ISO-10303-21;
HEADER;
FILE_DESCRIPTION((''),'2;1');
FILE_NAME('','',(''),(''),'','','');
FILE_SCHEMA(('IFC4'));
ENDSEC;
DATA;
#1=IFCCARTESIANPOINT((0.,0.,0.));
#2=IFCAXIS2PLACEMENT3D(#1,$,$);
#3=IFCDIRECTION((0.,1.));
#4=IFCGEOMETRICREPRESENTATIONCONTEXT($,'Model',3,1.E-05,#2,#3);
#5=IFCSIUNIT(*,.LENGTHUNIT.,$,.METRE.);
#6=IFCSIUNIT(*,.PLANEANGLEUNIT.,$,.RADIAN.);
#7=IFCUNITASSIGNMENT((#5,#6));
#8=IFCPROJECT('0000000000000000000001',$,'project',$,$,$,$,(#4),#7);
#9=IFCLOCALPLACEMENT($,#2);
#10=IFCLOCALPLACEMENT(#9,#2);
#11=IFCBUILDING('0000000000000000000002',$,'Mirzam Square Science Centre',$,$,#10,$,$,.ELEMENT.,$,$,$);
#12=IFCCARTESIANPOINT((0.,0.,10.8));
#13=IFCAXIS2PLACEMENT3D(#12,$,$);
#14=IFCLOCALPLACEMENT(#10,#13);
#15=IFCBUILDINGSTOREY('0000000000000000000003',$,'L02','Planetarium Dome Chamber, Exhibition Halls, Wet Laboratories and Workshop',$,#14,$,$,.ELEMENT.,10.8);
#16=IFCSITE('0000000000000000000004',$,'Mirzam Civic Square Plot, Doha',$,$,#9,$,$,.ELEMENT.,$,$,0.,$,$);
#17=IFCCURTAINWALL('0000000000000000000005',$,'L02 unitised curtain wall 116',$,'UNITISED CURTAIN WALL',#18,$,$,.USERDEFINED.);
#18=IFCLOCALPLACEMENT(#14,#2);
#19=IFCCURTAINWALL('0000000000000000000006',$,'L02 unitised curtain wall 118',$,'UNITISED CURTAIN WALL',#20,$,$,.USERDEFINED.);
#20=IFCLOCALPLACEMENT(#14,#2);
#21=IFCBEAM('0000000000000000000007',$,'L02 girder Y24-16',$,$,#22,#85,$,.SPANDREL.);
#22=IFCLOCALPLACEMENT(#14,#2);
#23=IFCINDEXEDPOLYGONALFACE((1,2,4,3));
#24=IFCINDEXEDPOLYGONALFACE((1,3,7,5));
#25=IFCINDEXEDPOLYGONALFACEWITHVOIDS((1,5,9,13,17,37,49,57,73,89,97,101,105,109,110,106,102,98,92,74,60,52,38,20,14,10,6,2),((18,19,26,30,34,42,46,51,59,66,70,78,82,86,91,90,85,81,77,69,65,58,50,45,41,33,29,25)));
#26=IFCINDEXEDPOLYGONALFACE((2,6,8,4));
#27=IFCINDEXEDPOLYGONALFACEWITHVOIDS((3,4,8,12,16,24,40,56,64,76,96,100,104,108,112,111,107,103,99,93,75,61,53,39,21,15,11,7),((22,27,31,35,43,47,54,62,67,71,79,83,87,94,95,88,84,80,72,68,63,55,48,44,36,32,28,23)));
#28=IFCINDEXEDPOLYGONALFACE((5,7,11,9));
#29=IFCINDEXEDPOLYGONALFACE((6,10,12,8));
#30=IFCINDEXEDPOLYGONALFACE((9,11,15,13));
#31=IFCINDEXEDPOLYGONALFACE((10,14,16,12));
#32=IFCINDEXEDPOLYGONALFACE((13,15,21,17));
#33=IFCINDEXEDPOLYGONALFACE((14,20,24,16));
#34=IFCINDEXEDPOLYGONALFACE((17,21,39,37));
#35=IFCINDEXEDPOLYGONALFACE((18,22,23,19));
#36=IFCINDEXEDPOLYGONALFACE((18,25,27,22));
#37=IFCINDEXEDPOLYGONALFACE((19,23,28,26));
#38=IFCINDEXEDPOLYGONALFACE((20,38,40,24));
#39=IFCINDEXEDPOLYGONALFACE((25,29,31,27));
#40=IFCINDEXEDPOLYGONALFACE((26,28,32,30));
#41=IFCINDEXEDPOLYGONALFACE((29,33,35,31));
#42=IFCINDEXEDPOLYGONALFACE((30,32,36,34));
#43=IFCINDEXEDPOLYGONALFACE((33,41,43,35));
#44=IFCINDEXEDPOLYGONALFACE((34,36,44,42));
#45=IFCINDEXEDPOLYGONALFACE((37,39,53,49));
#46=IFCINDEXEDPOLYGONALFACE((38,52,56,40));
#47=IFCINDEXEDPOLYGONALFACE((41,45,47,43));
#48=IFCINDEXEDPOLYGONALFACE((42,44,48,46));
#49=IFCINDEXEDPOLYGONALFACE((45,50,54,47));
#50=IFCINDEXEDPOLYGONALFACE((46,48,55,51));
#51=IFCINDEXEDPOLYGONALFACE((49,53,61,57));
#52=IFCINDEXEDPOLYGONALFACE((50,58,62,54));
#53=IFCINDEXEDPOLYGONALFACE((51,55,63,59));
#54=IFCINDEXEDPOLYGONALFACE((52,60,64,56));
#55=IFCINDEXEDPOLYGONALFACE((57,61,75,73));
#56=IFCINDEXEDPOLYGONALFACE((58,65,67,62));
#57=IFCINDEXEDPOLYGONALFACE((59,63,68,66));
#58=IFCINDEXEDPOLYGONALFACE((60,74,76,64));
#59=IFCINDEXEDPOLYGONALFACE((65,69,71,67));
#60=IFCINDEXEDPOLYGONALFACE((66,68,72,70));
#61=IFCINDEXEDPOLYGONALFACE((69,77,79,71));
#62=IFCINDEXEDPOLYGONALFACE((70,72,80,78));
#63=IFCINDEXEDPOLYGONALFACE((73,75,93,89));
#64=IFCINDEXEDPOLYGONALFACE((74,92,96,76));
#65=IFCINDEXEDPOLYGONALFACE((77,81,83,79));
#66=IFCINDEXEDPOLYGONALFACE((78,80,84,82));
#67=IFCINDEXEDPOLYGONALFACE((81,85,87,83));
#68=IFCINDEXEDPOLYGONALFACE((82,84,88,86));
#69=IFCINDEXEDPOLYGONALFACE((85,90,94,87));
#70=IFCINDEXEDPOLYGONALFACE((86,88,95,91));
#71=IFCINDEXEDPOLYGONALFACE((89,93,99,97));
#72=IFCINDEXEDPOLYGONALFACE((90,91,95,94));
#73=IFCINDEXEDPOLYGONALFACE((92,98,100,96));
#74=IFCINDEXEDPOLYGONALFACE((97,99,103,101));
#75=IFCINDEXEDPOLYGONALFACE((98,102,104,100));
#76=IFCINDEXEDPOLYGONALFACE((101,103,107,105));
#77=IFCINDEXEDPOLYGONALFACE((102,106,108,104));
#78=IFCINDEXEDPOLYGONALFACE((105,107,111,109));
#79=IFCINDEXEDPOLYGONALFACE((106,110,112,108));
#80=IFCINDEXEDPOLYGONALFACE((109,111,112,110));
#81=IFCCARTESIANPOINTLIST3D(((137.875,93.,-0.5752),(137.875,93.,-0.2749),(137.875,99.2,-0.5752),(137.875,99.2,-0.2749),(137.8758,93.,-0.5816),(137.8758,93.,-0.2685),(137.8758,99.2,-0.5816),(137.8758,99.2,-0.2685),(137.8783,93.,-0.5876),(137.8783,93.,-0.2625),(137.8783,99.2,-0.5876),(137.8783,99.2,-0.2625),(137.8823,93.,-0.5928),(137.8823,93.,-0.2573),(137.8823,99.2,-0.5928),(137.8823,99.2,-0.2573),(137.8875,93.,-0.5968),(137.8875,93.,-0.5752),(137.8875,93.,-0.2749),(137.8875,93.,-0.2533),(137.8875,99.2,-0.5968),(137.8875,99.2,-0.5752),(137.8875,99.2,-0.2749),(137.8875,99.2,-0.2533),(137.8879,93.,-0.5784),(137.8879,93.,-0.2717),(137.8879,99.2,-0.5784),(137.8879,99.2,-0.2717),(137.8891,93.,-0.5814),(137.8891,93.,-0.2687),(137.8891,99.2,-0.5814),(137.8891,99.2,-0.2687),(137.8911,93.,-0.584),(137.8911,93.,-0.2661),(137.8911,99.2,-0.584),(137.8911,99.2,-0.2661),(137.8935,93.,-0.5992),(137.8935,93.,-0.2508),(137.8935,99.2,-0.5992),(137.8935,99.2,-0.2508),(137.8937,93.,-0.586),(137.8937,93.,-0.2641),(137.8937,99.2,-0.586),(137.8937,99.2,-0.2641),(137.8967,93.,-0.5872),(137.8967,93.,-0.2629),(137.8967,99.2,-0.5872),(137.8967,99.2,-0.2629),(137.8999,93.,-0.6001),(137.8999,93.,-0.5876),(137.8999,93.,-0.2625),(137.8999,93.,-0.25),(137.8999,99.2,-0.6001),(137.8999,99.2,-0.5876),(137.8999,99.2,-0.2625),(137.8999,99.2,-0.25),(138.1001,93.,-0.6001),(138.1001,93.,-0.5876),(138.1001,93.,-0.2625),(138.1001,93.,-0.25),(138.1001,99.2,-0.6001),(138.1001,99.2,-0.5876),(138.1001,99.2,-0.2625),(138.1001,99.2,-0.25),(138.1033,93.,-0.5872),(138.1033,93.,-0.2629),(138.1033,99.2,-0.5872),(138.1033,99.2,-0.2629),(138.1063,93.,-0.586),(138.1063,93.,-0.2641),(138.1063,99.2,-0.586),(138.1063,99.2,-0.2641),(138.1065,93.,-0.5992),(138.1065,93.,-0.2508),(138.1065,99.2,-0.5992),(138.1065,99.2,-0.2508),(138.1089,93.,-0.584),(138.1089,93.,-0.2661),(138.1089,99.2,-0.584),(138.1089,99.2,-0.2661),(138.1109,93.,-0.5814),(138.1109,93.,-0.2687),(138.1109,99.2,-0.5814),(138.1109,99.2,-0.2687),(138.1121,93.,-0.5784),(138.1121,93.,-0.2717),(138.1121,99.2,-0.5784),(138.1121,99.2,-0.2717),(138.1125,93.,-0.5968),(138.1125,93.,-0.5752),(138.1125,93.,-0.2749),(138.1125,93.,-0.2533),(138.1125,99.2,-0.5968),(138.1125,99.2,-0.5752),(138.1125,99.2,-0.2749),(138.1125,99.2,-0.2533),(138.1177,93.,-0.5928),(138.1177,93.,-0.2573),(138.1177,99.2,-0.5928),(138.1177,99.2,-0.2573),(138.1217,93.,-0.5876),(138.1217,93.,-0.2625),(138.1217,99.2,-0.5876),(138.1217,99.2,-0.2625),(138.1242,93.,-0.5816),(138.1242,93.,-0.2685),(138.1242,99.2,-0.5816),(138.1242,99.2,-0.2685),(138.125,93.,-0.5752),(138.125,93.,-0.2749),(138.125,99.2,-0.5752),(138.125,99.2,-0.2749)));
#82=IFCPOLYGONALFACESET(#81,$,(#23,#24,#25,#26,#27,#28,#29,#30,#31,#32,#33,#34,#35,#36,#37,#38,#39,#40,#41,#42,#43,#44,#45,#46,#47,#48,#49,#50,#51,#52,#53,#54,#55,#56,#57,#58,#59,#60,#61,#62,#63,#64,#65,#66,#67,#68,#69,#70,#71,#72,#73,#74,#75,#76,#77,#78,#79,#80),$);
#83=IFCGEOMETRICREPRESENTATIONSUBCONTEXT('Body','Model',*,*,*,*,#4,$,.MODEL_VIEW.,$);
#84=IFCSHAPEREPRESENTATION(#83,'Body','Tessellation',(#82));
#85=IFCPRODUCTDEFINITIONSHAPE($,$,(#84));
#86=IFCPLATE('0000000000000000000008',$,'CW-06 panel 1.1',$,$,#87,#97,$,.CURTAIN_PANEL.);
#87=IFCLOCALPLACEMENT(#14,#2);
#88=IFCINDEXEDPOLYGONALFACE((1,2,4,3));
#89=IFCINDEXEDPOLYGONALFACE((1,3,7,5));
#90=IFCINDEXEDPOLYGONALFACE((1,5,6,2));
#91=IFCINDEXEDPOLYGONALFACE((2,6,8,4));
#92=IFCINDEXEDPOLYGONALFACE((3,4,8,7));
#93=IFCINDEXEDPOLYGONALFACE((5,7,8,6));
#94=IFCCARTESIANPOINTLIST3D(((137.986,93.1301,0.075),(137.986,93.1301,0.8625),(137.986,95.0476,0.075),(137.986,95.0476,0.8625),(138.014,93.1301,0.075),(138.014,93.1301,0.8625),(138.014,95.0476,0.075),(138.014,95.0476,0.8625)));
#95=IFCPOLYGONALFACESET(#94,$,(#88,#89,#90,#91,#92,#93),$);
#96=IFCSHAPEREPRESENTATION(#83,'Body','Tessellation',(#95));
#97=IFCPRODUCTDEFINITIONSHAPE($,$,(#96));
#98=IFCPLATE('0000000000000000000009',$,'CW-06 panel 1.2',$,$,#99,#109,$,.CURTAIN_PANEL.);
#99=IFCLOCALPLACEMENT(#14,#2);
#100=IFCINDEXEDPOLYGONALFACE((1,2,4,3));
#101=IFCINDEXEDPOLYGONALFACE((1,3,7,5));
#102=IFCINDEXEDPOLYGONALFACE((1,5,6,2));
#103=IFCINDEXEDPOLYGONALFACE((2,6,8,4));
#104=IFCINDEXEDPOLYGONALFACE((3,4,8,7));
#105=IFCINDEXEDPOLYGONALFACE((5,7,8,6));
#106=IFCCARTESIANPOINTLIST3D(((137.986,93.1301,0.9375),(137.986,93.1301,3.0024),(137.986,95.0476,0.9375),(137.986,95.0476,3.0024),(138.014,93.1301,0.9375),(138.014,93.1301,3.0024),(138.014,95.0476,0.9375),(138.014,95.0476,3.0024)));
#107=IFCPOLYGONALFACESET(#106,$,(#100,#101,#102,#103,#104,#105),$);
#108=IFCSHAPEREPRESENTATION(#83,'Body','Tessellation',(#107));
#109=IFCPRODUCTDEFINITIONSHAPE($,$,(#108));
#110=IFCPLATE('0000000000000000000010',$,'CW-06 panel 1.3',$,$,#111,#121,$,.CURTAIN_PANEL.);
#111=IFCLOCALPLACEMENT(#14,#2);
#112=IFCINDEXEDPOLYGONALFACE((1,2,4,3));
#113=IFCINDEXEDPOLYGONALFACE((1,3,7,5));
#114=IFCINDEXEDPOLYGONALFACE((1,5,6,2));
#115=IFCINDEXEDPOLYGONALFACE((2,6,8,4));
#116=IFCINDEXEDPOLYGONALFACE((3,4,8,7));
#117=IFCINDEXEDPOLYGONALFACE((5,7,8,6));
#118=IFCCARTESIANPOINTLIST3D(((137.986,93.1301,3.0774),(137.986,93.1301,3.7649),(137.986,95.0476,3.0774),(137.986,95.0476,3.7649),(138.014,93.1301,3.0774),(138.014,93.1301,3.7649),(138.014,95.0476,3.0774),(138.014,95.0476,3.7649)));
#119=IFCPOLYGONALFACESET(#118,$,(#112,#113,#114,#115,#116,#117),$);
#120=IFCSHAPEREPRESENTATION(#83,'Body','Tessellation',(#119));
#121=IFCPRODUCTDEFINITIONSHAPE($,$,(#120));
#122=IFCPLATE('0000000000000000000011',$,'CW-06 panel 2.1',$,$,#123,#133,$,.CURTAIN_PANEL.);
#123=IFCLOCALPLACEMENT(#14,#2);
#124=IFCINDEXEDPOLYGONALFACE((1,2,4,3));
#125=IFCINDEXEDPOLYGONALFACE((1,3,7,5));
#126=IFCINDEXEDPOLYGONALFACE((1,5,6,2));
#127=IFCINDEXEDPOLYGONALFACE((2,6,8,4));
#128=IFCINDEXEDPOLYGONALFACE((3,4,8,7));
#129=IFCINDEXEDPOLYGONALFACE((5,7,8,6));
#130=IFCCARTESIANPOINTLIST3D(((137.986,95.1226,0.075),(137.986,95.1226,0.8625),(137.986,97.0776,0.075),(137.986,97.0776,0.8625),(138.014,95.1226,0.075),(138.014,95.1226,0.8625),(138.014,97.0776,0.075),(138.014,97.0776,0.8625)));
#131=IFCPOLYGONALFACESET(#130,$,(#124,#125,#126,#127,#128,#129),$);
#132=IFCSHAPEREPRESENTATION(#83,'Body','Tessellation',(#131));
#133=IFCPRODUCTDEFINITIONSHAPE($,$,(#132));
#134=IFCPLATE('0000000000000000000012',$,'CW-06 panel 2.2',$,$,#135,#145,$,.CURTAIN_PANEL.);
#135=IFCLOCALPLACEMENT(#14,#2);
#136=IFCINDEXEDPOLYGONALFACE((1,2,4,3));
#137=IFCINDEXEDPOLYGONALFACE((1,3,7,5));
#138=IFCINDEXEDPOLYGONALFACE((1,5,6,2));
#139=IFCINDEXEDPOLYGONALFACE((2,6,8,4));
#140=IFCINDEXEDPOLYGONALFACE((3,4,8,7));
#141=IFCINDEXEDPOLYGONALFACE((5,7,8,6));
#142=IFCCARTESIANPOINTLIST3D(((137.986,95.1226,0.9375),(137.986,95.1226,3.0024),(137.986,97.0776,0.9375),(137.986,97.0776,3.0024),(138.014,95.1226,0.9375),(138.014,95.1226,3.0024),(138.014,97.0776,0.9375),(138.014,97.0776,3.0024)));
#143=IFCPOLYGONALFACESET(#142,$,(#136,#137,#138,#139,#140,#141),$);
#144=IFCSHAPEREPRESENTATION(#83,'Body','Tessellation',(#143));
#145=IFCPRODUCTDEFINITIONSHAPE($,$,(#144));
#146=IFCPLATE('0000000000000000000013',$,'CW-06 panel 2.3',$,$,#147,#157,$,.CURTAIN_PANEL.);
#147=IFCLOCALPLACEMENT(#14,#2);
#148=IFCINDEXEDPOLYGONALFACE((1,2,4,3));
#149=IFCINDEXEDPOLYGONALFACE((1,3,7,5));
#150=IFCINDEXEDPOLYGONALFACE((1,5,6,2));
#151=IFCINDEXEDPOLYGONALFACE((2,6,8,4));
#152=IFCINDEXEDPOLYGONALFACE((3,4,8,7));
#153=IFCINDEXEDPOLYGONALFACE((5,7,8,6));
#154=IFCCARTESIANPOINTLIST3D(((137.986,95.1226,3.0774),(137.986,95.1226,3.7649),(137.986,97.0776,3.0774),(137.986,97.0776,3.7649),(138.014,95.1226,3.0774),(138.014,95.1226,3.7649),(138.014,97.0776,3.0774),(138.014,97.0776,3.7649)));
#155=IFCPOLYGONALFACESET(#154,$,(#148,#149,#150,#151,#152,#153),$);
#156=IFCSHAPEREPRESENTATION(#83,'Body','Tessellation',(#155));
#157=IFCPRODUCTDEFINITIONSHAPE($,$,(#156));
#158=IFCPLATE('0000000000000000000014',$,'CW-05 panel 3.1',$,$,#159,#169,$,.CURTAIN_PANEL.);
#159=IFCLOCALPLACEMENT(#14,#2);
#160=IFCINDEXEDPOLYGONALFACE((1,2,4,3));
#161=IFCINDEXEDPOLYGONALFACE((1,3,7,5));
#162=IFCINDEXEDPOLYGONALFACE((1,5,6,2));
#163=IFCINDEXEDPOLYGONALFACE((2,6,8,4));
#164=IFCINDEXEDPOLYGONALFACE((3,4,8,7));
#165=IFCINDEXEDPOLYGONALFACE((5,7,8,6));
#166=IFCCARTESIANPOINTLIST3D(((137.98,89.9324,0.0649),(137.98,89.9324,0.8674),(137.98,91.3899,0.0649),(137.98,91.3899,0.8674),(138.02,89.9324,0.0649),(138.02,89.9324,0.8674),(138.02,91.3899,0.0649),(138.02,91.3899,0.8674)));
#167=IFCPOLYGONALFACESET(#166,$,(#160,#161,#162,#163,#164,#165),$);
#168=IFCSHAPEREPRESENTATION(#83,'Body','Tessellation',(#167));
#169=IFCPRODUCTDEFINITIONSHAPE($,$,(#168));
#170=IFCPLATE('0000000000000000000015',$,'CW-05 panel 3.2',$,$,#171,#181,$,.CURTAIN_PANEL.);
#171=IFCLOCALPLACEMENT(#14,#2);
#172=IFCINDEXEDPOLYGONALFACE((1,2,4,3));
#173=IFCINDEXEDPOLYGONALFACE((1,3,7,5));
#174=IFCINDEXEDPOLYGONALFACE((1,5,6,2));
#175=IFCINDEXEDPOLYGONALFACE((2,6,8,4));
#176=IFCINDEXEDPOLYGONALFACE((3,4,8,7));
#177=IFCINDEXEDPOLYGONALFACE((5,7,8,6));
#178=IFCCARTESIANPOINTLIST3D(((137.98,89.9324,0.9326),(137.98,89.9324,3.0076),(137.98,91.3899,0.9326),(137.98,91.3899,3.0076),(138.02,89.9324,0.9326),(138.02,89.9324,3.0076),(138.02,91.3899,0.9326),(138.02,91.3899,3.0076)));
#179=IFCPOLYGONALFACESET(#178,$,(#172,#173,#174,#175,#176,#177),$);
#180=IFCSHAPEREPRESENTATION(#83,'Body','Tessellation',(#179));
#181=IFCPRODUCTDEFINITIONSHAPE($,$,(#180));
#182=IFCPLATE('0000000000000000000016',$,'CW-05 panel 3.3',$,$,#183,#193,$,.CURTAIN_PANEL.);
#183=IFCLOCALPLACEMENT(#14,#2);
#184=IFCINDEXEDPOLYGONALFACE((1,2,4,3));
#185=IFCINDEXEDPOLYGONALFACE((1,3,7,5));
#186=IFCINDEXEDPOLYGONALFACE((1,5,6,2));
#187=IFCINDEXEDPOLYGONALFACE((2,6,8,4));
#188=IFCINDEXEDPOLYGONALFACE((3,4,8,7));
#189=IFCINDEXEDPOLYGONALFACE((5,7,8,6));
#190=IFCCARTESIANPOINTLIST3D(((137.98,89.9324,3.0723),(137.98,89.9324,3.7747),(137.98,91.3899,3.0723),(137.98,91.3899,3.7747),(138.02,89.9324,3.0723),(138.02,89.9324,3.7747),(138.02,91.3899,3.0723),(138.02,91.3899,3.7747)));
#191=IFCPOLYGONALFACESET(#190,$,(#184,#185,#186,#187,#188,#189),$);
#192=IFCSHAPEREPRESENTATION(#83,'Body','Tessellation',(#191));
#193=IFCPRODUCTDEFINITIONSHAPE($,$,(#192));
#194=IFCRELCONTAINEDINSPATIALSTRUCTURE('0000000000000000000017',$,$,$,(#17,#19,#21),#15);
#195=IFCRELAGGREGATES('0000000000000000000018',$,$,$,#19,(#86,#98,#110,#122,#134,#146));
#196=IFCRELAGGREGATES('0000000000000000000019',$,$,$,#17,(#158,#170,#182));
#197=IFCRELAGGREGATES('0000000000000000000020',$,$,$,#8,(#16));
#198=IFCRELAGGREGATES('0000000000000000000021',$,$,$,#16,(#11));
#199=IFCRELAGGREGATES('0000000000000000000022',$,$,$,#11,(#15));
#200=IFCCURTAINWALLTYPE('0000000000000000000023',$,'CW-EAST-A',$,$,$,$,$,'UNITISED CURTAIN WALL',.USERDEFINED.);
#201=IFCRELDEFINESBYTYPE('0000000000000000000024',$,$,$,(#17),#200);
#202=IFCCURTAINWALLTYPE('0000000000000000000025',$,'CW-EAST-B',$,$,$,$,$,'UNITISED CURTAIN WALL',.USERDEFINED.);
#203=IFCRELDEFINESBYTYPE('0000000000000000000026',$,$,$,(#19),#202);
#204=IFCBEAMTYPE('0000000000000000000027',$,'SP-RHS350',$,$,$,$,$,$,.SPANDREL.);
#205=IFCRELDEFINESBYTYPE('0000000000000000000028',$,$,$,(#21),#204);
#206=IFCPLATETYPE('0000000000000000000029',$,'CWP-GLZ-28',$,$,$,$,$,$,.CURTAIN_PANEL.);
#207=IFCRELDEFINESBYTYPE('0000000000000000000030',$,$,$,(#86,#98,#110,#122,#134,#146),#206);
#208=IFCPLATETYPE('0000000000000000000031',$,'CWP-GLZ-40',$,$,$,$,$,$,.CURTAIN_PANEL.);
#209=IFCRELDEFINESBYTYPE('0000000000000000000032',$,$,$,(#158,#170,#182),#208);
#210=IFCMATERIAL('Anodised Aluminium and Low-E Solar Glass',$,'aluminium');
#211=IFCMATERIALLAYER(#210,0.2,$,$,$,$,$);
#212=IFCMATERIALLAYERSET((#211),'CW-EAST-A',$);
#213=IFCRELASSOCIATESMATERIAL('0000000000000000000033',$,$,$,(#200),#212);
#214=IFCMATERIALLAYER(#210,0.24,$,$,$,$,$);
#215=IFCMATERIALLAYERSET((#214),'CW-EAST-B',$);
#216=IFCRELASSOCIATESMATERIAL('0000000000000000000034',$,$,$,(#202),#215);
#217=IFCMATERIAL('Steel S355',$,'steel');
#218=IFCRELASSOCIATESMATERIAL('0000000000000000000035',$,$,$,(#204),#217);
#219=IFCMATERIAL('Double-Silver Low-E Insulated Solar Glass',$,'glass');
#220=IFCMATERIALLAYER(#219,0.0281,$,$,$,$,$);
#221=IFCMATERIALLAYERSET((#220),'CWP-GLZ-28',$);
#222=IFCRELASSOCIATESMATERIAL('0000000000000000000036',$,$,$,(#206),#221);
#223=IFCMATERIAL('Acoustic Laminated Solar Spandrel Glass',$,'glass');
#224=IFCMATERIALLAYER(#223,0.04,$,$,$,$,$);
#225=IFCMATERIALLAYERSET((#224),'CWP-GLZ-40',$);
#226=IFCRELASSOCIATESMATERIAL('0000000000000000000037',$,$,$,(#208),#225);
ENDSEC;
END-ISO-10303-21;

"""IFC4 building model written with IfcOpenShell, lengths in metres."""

from ifc_helpers import new_model, si_unit, direction, frame, origin, origin_2d, place, context, subcontext, project, spatial, rectangle, hollow_rectangle, extrude, material, layer, layer_set, material_profile, profile_set, type_object, element, aggregate, save


model = new_model("IFC4")

# Units and contexts
model_context = context("Model", 3, precision=1e-05, world=origin(), true_north=direction((0.0, 1.0)))
body_context = subcontext(model_context, "Body", "Model", "MODEL_VIEW")
ifc_project = project(units=[si_unit("LENGTHUNIT", "METRE"), si_unit("PLANEANGLEUNIT", "RADIAN")], contexts=[model_context])

# Site, building, storey
site_placement = place(None, origin())
site = spatial("IfcSite", under=ifc_project, at=site_placement, Name="Mirzam Civic Square Plot, Doha", CompositionType="ELEMENT", RefElevation=0.0)
building_placement = place(site_placement, origin())
building = spatial("IfcBuilding", under=site, at=building_placement, Name="Mirzam Square Science Centre", CompositionType="ELEMENT")
storey_placement = place(building_placement, frame((0.0, 0.0, 10.8)))
storey = spatial("IfcBuildingStorey", under=building, at=storey_placement, Name="L02", Description="Planetarium Dome Chamber, Exhibition Halls, Wet Laboratories and Workshop", CompositionType="ELEMENT", Elevation=10.8)

# Shared definitions
ifc_material_1 = material(Name="Steel S355", Category="steel")

# Curtain walls
ifc_material_2 = material(Name="Anodised Aluminium and Low-E Solar Glass", Category="aluminium")
ifc_layer_1 = layer(ifc_material_2, 0.2)
ifc_layer_set_1 = layer_set([ifc_layer_1], Name="CW-EAST-A")
curtain_wall_type_1 = type_object("IfcCurtainWallType", Name="CW-EAST-A", ElementType="UNITISED CURTAIN WALL", PredefinedType="USERDEFINED", material=ifc_layer_set_1)
curtain_wall_1_placement = place(storey_placement, origin())
curtain_wall_1 = element("IfcCurtainWall", 1, at=curtain_wall_1_placement, inside=storey, type_object=curtain_wall_type_1, Name="L02 unitised curtain wall 116", ObjectType="UNITISED CURTAIN WALL", PredefinedType="USERDEFINED")
ifc_layer_2 = layer(ifc_material_2, 0.24)
ifc_layer_set_2 = layer_set([ifc_layer_2], Name="CW-EAST-B")
curtain_wall_type_2 = type_object("IfcCurtainWallType", Name="CW-EAST-B", ElementType="UNITISED CURTAIN WALL", PredefinedType="USERDEFINED", material=ifc_layer_set_2)
curtain_wall_2_placement = place(storey_placement, origin())
curtain_wall_2 = element("IfcCurtainWall", 2, at=curtain_wall_2_placement, inside=storey, type_object=curtain_wall_type_2, Name="L02 unitised curtain wall 118", ObjectType="UNITISED CURTAIN WALL", PredefinedType="USERDEFINED")

# Beam
ifc_material_profile_1 = material_profile(ifc_material_1, hollow_rectangle(XDim=0.25, YDim=0.3501, WallThickness=0.0125, InnerFilletRadius=0.0125, OuterFilletRadius=0.0249, at=origin_2d()), Name="350x250x12.5RHS")
ifc_profile_set_1 = profile_set([ifc_material_profile_1], Name="Steel S355")
beam_type = type_object("IfcBeamType", Name="SP-RHS350", PredefinedType="SPANDREL", material=ifc_profile_set_1)
beam_placement = place(storey_placement, frame((138.0, 93.0, -0.425), z_axis=(0.0, 1.0, 0.0), x_axis=(-1.0, 0.0, 0.0)))
element("IfcBeam", 3, at=beam_placement, inside=storey, type_object=beam_type, Name="L02 girder Y24-16", PredefinedType="SPANDREL", context=body_context, shape_type="SweptSolid", body=[
    extrude(hollow_rectangle(XDim=0.25, YDim=0.3501, WallThickness=0.0125, InnerFilletRadius=0.0125, OuterFilletRadius=0.0249, at=origin_2d()), origin(), (0.0, 0.0, 1.0), 6.2),
])

# Plates
ifc_material_3 = material(Name="Double-Silver Low-E Insulated Solar Glass", Category="glass")
ifc_layer_3 = layer(ifc_material_3, 0.0281)
ifc_layer_set_3 = layer_set([ifc_layer_3], Name="CWP-GLZ-28")
plate_type_1 = type_object("IfcPlateType", Name="CWP-GLZ-28", PredefinedType="CURTAIN_PANEL", material=ifc_layer_set_3)
plate_1_placement = place(storey_placement, frame((138.0, 94.0889, 0.075), z_axis=(0.0, 0.0, 1.0), x_axis=(0.0, 1.0, 0.0)))
plate_1 = element("IfcPlate", 4, at=plate_1_placement, type_object=plate_type_1, Name="CW-06 panel 1.1", PredefinedType="CURTAIN_PANEL", context=body_context, shape_type="SweptSolid", body=[
    extrude(rectangle(XDim=1.9175, YDim=0.0281, at=origin_2d()), origin(), (0.0, 0.0, 1.0), 0.7876),
])
plate_2_placement = place(storey_placement, frame((138.0, 94.0889, 0.9375), z_axis=(0.0, 0.0, 1.0), x_axis=(0.0, 1.0, 0.0)))
plate_2 = element("IfcPlate", 5, at=plate_2_placement, type_object=plate_type_1, Name="CW-06 panel 1.2", PredefinedType="CURTAIN_PANEL", context=body_context, shape_type="SweptSolid", body=[
    extrude(rectangle(XDim=1.9175, YDim=0.0281, at=origin_2d()), origin(), (0.0, 0.0, 1.0), 2.0649),
])
plate_3_placement = place(storey_placement, frame((138.0, 94.0889, 3.0774), z_axis=(0.0, 0.0, 1.0), x_axis=(0.0, 1.0, 0.0)))
plate_3 = element("IfcPlate", 6, at=plate_3_placement, type_object=plate_type_1, Name="CW-06 panel 1.3", PredefinedType="CURTAIN_PANEL", context=body_context, shape_type="SweptSolid", body=[
    extrude(rectangle(XDim=1.9175, YDim=0.0281, at=origin_2d()), origin(), (0.0, 0.0, 1.0), 0.6875),
])
plate_4_placement = place(storey_placement, frame((138.0, 96.1001, 0.075), z_axis=(0.0, 0.0, 1.0), x_axis=(0.0, 1.0, 0.0)))
plate_4 = element("IfcPlate", 7, at=plate_4_placement, type_object=plate_type_1, Name="CW-06 panel 2.1", PredefinedType="CURTAIN_PANEL", context=body_context, shape_type="SweptSolid", body=[
    extrude(rectangle(XDim=1.9551, YDim=0.0281, at=origin_2d()), origin(), (0.0, 0.0, 1.0), 0.7876),
])
plate_5_placement = place(storey_placement, frame((138.0, 96.1001, 0.9375), z_axis=(0.0, 0.0, 1.0), x_axis=(0.0, 1.0, 0.0)))
plate_5 = element("IfcPlate", 8, at=plate_5_placement, type_object=plate_type_1, Name="CW-06 panel 2.2", PredefinedType="CURTAIN_PANEL", context=body_context, shape_type="SweptSolid", body=[
    extrude(rectangle(XDim=1.9551, YDim=0.0281, at=origin_2d()), origin(), (0.0, 0.0, 1.0), 2.0649),
])
plate_6_placement = place(storey_placement, frame((138.0, 96.1001, 3.0774), z_axis=(0.0, 0.0, 1.0), x_axis=(0.0, 1.0, 0.0)))
plate_6 = element("IfcPlate", 9, at=plate_6_placement, type_object=plate_type_1, Name="CW-06 panel 2.3", PredefinedType="CURTAIN_PANEL", context=body_context, shape_type="SweptSolid", body=[
    extrude(rectangle(XDim=1.9551, YDim=0.0281, at=origin_2d()), origin(), (0.0, 0.0, 1.0), 0.6875),
])
aggregate(curtain_wall_2, [plate_1, plate_2, plate_3, plate_4, plate_5, plate_6])
ifc_material_4 = material(Name="Acoustic Laminated Solar Spandrel Glass", Category="glass")
ifc_layer_4 = layer(ifc_material_4, 0.04)
ifc_layer_set_4 = layer_set([ifc_layer_4], Name="CWP-GLZ-40")
plate_type_2 = type_object("IfcPlateType", Name="CWP-GLZ-40", PredefinedType="CURTAIN_PANEL", material=ifc_layer_set_4)
plate_7_placement = place(storey_placement, frame((138.0, 90.6611, 0.0649), z_axis=(0.0, 0.0, 1.0), x_axis=(0.0, 1.0, 0.0)))
plate_7 = element("IfcPlate", 10, at=plate_7_placement, type_object=plate_type_2, Name="CW-05 panel 3.1", PredefinedType="CURTAIN_PANEL", context=body_context, shape_type="SweptSolid", body=[
    extrude(rectangle(XDim=1.4575, YDim=0.04, at=origin_2d()), origin(), (0.0, 0.0, 1.0), 0.8025),
])
plate_8_placement = place(storey_placement, frame((138.0, 90.6611, 0.9326), z_axis=(0.0, 0.0, 1.0), x_axis=(0.0, 1.0, 0.0)))
plate_8 = element("IfcPlate", 11, at=plate_8_placement, type_object=plate_type_2, Name="CW-05 panel 3.2", PredefinedType="CURTAIN_PANEL", context=body_context, shape_type="SweptSolid", body=[
    extrude(rectangle(XDim=1.4575, YDim=0.04, at=origin_2d()), origin(), (0.0, 0.0, 1.0), 2.075),
])
plate_9_placement = place(storey_placement, frame((138.0, 90.6611, 3.0723), z_axis=(0.0, 0.0, 1.0), x_axis=(0.0, 1.0, 0.0)))
plate_9 = element("IfcPlate", 12, at=plate_9_placement, type_object=plate_type_2, Name="CW-05 panel 3.3", PredefinedType="CURTAIN_PANEL", context=body_context, shape_type="SweptSolid", body=[
    extrude(rectangle(XDim=1.4575, YDim=0.04, at=origin_2d()), origin(), (0.0, 0.0, 1.0), 0.7024),
])
aggregate(curtain_wall_1, [plate_7, plate_8, plate_9])

save(model, "model.ifc")
